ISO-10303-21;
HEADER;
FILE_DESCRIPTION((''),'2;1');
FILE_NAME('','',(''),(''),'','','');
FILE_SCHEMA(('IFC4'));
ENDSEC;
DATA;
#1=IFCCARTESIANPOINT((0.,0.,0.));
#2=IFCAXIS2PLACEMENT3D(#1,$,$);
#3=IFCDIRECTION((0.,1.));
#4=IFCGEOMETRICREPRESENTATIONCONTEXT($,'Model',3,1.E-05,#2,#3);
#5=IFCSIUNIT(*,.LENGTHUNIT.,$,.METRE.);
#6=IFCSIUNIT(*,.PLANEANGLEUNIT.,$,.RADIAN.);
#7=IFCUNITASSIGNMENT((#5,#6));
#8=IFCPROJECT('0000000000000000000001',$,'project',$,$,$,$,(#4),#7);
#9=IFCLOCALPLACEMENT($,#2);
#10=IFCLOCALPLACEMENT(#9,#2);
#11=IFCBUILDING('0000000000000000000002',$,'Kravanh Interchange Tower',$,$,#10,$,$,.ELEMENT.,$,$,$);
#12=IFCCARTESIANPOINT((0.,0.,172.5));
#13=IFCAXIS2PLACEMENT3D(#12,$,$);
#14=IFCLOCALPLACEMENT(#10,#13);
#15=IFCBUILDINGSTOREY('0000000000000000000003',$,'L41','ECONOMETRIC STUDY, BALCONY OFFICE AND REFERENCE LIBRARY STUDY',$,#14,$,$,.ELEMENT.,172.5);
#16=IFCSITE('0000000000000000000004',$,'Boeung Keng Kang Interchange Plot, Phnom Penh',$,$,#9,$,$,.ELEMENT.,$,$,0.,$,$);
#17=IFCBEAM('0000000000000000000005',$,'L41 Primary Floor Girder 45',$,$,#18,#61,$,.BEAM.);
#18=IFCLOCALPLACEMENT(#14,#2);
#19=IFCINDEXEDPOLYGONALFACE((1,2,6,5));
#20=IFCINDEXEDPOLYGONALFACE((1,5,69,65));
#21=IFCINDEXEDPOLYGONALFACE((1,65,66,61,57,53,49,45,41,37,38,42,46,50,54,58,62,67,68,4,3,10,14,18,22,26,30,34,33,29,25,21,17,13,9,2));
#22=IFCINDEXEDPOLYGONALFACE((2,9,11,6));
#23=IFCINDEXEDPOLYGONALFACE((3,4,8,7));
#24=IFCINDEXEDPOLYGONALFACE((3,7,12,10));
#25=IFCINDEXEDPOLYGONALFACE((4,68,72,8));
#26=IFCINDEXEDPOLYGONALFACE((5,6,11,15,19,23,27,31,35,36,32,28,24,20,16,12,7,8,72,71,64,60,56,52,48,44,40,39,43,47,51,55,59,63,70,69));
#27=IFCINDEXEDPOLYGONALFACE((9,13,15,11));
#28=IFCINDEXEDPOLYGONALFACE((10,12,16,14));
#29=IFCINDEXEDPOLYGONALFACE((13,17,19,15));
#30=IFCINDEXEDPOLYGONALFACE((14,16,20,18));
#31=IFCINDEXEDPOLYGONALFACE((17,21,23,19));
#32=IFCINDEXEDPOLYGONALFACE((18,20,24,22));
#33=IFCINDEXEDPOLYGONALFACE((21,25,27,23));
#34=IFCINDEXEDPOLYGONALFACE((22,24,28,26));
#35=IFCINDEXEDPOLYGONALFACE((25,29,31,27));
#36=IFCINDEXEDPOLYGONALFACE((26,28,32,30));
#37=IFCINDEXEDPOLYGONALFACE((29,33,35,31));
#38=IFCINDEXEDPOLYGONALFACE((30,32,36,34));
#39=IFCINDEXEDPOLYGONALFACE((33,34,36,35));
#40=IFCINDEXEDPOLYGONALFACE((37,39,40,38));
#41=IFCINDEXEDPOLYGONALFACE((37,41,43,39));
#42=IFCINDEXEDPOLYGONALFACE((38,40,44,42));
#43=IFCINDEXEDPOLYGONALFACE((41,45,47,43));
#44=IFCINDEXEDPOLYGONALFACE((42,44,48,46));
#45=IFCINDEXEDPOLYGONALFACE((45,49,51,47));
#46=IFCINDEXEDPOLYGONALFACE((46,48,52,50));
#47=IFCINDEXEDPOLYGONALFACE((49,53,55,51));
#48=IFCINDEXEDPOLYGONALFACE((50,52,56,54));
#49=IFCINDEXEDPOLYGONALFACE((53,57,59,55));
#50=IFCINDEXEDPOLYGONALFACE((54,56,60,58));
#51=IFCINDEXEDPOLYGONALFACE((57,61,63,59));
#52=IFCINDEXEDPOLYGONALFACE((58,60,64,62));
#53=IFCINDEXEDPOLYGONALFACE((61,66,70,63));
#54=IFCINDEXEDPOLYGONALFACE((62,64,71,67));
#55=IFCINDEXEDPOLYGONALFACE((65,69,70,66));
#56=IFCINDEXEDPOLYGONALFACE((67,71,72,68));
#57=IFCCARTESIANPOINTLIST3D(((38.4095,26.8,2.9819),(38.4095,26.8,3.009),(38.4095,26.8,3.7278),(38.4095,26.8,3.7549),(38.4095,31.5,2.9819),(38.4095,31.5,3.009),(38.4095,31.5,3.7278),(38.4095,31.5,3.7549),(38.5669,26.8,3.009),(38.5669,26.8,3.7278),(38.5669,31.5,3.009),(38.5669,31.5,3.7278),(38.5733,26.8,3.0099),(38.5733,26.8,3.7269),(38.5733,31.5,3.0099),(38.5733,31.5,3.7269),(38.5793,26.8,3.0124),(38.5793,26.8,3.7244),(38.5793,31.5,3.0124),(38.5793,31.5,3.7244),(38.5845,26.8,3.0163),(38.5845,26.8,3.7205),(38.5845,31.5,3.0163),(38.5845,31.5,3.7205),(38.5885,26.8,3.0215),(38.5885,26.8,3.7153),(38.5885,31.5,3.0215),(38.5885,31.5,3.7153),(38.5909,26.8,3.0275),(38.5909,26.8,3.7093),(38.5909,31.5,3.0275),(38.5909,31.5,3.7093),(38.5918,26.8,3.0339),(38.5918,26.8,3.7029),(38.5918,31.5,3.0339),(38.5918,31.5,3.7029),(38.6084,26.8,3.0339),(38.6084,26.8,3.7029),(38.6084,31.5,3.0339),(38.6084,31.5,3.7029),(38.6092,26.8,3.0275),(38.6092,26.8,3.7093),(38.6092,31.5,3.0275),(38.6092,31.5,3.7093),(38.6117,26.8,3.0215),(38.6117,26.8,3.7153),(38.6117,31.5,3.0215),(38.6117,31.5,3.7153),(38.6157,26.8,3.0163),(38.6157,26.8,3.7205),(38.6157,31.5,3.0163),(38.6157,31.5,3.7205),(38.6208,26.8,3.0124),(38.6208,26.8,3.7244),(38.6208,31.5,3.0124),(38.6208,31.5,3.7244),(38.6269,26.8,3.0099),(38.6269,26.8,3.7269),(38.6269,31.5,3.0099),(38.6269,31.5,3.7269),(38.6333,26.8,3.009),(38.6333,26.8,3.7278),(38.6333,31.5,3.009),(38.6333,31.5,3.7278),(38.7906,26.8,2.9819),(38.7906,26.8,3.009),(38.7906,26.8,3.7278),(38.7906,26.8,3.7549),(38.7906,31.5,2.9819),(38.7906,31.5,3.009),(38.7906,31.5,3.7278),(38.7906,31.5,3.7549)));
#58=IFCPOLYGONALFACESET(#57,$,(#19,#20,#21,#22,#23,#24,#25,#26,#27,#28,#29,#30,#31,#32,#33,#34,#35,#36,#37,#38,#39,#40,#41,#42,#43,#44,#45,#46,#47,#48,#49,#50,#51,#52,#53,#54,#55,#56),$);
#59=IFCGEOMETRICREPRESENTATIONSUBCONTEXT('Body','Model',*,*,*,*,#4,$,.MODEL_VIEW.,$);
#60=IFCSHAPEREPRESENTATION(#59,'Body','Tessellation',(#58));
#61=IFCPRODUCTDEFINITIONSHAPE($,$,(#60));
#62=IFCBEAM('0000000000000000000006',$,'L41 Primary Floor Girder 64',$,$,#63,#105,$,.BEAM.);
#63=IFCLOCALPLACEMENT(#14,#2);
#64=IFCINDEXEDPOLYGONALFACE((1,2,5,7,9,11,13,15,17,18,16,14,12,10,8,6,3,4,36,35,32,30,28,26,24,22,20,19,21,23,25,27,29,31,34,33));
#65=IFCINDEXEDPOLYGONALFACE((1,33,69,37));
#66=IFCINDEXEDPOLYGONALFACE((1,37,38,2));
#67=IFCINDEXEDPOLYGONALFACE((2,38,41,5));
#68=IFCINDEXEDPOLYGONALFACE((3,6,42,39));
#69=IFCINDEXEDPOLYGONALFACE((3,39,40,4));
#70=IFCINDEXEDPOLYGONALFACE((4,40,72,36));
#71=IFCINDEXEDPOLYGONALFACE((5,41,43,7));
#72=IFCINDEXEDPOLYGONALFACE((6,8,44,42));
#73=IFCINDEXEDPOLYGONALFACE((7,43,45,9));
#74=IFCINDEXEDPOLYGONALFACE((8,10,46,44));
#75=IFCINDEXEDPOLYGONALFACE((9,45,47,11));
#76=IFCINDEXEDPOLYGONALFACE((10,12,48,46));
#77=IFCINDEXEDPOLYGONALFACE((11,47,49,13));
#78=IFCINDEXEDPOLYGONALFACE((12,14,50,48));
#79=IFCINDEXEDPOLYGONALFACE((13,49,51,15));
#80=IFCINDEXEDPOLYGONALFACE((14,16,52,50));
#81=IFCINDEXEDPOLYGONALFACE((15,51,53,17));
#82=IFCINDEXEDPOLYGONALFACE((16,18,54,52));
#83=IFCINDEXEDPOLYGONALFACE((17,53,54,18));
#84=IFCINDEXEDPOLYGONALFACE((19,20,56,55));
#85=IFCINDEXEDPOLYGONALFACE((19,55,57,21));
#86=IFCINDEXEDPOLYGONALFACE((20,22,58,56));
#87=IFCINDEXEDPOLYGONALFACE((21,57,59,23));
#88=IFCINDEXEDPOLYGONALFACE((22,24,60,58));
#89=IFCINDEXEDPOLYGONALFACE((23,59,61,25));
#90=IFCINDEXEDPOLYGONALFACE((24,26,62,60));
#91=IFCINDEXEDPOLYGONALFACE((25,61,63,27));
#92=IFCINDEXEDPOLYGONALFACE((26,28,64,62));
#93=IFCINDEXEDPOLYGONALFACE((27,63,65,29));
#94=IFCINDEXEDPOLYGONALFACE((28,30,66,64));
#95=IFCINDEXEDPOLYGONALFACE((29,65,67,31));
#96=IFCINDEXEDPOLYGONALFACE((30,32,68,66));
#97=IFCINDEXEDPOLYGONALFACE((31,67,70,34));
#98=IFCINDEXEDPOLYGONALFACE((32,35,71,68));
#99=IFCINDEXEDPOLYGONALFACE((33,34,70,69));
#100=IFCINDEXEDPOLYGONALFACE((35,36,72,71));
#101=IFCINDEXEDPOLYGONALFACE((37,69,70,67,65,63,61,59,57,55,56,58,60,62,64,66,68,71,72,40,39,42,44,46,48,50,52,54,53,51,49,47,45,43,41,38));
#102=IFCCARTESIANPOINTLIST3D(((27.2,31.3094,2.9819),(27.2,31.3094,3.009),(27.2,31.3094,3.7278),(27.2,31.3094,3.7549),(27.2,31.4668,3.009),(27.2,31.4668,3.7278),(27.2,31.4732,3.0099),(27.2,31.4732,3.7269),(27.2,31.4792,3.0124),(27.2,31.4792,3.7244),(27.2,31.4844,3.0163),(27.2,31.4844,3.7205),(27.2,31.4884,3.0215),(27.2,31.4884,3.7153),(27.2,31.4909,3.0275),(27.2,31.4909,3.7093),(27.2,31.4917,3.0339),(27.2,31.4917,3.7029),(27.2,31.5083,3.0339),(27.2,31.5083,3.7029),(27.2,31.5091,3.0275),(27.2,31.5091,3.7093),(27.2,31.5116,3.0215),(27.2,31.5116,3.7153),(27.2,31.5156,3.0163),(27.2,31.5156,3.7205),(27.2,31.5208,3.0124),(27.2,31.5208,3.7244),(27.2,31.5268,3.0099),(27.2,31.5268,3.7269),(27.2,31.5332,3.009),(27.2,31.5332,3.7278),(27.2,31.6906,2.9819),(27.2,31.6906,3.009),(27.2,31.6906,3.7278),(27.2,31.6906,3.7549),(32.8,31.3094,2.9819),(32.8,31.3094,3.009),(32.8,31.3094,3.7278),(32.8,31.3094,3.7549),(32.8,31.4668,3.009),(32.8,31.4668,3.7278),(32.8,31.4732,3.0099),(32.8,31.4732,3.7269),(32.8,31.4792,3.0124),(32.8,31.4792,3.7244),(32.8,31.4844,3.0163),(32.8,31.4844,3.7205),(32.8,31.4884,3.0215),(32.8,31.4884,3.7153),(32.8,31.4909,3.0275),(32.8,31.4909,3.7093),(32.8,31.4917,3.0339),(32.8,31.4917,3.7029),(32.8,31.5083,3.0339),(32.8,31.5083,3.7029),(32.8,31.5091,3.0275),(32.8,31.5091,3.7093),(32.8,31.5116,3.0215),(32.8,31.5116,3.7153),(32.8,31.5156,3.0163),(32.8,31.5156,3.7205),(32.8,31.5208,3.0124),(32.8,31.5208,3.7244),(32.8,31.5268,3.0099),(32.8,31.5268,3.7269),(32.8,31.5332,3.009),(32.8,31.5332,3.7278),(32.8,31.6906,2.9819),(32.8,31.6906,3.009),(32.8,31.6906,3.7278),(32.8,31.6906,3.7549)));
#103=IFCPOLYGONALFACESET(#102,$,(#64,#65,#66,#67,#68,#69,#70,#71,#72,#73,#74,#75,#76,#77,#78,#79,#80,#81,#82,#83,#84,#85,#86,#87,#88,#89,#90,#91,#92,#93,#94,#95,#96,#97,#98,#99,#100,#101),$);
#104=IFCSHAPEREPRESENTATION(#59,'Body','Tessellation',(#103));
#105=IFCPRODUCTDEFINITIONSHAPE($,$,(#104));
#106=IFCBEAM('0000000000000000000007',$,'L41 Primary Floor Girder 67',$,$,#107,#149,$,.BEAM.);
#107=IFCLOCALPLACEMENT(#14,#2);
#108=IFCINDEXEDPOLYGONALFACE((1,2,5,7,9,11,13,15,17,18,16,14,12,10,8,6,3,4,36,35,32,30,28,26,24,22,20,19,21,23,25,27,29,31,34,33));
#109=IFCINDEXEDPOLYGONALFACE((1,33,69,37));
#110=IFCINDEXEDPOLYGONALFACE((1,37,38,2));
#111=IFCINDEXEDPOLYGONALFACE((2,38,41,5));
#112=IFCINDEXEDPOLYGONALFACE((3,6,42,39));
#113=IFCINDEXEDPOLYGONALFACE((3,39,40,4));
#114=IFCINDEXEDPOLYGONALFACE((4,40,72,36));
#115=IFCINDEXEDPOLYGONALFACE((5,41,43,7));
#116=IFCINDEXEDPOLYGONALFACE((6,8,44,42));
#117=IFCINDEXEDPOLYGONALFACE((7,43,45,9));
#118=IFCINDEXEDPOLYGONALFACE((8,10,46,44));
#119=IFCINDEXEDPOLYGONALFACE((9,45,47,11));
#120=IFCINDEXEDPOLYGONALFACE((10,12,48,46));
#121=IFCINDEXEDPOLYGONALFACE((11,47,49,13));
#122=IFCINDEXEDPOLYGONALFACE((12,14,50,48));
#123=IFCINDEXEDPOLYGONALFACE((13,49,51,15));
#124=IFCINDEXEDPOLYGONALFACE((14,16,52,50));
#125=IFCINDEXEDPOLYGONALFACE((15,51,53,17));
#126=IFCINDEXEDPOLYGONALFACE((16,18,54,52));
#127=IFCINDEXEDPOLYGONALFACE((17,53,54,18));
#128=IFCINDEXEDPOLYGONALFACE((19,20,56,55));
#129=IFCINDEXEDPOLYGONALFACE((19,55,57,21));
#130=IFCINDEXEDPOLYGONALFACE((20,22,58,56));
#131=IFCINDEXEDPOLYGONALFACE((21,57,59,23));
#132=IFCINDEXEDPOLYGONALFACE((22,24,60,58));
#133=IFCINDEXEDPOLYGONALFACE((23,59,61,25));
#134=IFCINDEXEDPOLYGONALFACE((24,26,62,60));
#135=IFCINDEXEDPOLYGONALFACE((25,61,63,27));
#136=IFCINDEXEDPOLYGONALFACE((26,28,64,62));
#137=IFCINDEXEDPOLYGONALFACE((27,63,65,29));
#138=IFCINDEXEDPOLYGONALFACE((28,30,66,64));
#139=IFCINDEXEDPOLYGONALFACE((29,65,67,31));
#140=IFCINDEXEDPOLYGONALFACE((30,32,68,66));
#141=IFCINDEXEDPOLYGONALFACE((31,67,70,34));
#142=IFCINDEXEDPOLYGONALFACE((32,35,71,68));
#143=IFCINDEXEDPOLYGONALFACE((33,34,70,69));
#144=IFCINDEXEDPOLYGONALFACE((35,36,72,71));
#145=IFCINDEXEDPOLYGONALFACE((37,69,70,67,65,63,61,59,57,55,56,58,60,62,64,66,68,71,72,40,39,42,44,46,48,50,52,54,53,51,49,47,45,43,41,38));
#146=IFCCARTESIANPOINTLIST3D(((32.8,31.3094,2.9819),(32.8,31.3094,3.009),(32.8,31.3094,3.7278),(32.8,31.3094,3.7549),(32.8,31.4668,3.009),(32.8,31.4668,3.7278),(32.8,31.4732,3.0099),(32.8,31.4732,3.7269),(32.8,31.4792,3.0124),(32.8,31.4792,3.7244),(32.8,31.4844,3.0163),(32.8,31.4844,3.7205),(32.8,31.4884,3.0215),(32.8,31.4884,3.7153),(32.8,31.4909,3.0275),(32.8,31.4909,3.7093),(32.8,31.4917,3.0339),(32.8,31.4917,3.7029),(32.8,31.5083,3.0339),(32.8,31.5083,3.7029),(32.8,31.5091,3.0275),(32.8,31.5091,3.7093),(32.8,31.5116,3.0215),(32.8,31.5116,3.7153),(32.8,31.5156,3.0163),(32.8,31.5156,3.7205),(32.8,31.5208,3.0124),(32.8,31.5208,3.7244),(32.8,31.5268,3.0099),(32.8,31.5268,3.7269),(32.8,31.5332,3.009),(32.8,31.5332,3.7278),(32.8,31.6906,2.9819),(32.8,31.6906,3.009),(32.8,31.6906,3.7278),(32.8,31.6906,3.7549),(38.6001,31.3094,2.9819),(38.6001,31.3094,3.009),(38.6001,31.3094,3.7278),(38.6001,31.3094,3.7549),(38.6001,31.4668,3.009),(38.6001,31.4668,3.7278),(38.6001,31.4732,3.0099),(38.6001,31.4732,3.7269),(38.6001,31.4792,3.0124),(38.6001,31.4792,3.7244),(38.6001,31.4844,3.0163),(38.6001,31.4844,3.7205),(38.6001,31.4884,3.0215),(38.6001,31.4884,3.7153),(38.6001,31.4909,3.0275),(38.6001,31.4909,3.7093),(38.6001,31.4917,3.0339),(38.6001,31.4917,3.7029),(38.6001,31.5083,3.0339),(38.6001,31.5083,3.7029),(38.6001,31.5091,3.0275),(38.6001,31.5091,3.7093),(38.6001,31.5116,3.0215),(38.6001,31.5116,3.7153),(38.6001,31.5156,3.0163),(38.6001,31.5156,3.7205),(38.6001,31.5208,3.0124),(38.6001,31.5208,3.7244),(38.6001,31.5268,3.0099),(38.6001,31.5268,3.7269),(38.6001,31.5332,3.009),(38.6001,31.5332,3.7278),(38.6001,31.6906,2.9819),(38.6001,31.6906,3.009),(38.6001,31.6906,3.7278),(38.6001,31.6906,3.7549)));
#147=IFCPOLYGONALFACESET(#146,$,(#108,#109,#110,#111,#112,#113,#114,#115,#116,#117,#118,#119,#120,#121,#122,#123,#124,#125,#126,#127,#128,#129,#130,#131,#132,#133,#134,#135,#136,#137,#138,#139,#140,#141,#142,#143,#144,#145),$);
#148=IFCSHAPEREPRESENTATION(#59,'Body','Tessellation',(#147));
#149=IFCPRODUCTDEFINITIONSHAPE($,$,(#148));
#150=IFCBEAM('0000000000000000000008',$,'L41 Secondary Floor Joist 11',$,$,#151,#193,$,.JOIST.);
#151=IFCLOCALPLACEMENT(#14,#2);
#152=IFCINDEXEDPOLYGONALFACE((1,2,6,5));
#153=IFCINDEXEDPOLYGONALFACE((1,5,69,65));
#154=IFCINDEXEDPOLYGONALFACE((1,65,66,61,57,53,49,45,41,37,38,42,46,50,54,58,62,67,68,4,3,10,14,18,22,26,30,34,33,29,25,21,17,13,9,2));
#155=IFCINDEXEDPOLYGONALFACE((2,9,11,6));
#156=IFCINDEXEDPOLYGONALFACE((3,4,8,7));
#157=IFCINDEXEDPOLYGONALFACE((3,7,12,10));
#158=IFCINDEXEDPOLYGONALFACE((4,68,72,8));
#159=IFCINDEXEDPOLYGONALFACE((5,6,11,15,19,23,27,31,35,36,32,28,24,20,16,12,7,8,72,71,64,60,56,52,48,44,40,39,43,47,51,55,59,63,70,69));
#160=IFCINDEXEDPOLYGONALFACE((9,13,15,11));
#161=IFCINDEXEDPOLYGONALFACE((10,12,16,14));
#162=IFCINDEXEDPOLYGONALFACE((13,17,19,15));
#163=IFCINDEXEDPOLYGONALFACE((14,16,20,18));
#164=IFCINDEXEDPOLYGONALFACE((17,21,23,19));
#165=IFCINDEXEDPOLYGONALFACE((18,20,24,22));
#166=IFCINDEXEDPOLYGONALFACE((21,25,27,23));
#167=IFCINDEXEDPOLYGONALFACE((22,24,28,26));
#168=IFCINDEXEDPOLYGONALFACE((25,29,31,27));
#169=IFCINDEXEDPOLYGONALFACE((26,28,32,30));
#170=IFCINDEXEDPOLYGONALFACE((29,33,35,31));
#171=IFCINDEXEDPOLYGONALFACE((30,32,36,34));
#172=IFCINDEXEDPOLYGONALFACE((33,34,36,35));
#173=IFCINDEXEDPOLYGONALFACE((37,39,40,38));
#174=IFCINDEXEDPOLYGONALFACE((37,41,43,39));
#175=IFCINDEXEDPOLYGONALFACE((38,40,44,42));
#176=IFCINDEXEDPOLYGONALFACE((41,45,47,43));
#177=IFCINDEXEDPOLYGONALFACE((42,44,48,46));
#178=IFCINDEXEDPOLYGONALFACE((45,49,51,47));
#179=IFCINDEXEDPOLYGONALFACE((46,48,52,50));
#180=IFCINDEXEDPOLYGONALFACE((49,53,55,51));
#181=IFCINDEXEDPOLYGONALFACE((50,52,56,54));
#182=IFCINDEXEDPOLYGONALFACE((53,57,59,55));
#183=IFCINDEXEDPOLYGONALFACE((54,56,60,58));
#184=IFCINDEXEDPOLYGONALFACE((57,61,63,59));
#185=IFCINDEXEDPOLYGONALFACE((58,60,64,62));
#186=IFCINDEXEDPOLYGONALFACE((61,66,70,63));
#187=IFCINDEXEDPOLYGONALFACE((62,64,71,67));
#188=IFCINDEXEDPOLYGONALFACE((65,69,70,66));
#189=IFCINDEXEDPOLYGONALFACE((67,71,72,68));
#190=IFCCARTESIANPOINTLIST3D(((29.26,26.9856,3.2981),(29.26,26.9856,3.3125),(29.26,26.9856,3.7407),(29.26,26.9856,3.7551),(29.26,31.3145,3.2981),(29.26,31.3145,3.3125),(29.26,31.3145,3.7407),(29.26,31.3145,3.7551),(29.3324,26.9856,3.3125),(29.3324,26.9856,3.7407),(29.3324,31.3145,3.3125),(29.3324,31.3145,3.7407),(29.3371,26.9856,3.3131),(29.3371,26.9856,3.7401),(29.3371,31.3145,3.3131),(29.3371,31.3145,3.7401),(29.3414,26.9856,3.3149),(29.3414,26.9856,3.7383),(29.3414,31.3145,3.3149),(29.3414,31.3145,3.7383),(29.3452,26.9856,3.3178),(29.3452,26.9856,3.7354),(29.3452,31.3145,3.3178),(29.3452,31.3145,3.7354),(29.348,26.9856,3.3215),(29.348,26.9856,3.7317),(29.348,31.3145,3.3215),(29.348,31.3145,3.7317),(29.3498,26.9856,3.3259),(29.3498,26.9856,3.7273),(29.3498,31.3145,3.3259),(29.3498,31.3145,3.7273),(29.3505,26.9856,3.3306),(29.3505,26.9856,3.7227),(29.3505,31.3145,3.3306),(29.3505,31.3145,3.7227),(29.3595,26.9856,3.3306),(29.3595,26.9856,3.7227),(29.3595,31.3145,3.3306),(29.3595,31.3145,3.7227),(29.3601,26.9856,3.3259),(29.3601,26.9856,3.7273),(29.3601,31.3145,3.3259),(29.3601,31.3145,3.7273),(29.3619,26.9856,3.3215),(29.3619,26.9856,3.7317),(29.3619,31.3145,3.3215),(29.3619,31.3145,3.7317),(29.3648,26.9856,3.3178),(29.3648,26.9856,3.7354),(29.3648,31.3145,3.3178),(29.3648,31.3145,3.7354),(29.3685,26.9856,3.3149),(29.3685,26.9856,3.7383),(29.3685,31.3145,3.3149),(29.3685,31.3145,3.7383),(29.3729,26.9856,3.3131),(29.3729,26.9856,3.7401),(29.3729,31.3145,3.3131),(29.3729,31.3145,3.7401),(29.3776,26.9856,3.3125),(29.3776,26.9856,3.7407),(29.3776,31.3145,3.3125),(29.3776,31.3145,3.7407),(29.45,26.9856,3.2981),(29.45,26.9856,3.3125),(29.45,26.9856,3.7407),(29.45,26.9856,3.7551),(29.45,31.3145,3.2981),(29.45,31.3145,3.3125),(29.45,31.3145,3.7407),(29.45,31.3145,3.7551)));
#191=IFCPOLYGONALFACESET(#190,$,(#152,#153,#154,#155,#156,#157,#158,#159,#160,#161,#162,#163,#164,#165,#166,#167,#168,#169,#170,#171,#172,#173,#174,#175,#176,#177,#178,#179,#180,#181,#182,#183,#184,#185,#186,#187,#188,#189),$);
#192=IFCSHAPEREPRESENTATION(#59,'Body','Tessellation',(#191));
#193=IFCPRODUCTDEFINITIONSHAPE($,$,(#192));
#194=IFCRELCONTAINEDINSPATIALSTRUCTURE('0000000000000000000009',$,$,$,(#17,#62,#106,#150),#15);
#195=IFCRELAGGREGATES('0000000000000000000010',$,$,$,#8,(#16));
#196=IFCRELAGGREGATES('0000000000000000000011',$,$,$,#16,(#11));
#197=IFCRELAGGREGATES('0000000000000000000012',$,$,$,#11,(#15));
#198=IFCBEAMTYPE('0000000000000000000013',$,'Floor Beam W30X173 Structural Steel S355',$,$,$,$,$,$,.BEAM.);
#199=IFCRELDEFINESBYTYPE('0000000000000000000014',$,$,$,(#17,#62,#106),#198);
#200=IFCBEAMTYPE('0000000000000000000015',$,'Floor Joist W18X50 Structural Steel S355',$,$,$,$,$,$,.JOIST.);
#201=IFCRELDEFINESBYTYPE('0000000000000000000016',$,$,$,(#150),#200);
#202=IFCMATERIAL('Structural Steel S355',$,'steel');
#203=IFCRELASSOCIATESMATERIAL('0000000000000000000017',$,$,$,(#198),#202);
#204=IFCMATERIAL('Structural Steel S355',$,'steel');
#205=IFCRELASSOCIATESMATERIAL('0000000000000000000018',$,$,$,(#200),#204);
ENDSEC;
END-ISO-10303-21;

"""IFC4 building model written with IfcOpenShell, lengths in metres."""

from ifc_helpers import new_model, si_unit, direction, frame, origin, origin_2d, place, context, subcontext, project, spatial, i_section, extrude, material, material_profile, profile_set, type_object, element, save


model = new_model("IFC4")

# Units and contexts
model_context = context("Model", 3, precision=1e-05, world=origin(), true_north=direction((0.0, 1.0)))
body_context = subcontext(model_context, "Body", "Model", "MODEL_VIEW")
ifc_project = project(units=[si_unit("LENGTHUNIT", "METRE"), si_unit("PLANEANGLEUNIT", "RADIAN")], contexts=[model_context])

# Site, building, storey
site_placement = place(None, origin())
site = spatial("IfcSite", under=ifc_project, at=site_placement, Name="Boeung Keng Kang Interchange Plot, Phnom Penh", CompositionType="ELEMENT", RefElevation=0.0)
building_placement = place(site_placement, origin())
building = spatial("IfcBuilding", under=site, at=building_placement, Name="Kravanh Interchange Tower", CompositionType="ELEMENT")
storey_placement = place(building_placement, frame((0.0, 0.0, 172.5)))
storey = spatial("IfcBuildingStorey", under=building, at=storey_placement, Name="L41", Description="ECONOMETRIC STUDY, BALCONY OFFICE AND REFERENCE LIBRARY STUDY", CompositionType="ELEMENT", Elevation=172.5)

# Beams
ifc_material_1 = material(Name="Structural Steel S355", Category="steel")
ifc_material_profile_1 = material_profile(ifc_material_1, i_section(OverallWidth=0.3811, OverallDepth=0.7729, WebThickness=0.0166, FlangeThickness=0.0271, FilletRadius=0.0249, at=origin_2d()), Name="W30X173")
ifc_profile_set_1 = profile_set([ifc_material_profile_1], Name="Structural Steel S355")
beam_type_1 = type_object("IfcBeamType", Name="Floor Beam W30X173 Structural Steel S355", PredefinedType="BEAM", material=ifc_profile_set_1)
beam_1_placement = place(storey_placement, frame((38.6001, 26.8, 3.3684), z_axis=(0.0, 1.0, 0.0), x_axis=(-1.0, 0.0, 0.0)))
element("IfcBeam", 1, at=beam_1_placement, inside=storey, type_object=beam_type_1, Name="L41 Primary Floor Girder 45", PredefinedType="BEAM", context=body_context, shape_type="SweptSolid", body=[
    extrude(i_section(OverallWidth=0.3811, OverallDepth=0.7729, WebThickness=0.0166, FlangeThickness=0.0271, FilletRadius=0.0249, at=origin_2d()), origin(), (0.0, 0.0, 1.0), 4.7),
])
beam_2_placement = place(storey_placement, frame((27.2, 31.5, 3.3684), z_axis=(1.0, 0.0, 0.0), x_axis=(0.0, 1.0, 0.0)))
element("IfcBeam", 2, at=beam_2_placement, inside=storey, type_object=beam_type_1, Name="L41 Primary Floor Girder 64", PredefinedType="BEAM", context=body_context, shape_type="SweptSolid", body=[
    extrude(i_section(OverallWidth=0.3811, OverallDepth=0.7729, WebThickness=0.0166, FlangeThickness=0.0271, FilletRadius=0.0249, at=origin_2d()), origin(), (0.0, 0.0, 1.0), 5.6001),
])
beam_3_placement = place(storey_placement, frame((32.8, 31.5, 3.3684), z_axis=(1.0, 0.0, 0.0), x_axis=(0.0, 1.0, 0.0)))
element("IfcBeam", 3, at=beam_3_placement, inside=storey, type_object=beam_type_1, Name="L41 Primary Floor Girder 67", PredefinedType="BEAM", context=body_context, shape_type="SweptSolid", body=[
    extrude(i_section(OverallWidth=0.3811, OverallDepth=0.7729, WebThickness=0.0166, FlangeThickness=0.0271, FilletRadius=0.0249, at=origin_2d()), origin(), (0.0, 0.0, 1.0), 5.8),
])
ifc_material_2 = material(Name="Structural Steel S355", Category="steel")
ifc_material_profile_2 = material_profile(ifc_material_2, i_section(OverallWidth=0.1899, OverallDepth=0.457, WebThickness=0.009, FlangeThickness=0.0144, FilletRadius=0.0181, at=origin_2d()), Name="W18X50")
ifc_profile_set_2 = profile_set([ifc_material_profile_2], Name="Structural Steel S355")
beam_type_2 = type_object("IfcBeamType", Name="Floor Joist W18X50 Structural Steel S355", PredefinedType="JOIST", material=ifc_profile_set_2)
beam_4_placement = place(storey_placement, frame((29.355, 26.9856, 3.5266), z_axis=(0.0, 1.0, 0.0), x_axis=(-1.0, 0.0, 0.0)))
element("IfcBeam", 4, at=beam_4_placement, inside=storey, type_object=beam_type_2, Name="L41 Secondary Floor Joist 11", PredefinedType="JOIST", context=body_context, shape_type="SweptSolid", body=[
    extrude(i_section(OverallWidth=0.1899, OverallDepth=0.457, WebThickness=0.009, FlangeThickness=0.0144, FilletRadius=0.0181, at=origin_2d()), origin(), (0.0, 0.0, 1.0), 4.3289),
])

save(model, "model.ifc")
